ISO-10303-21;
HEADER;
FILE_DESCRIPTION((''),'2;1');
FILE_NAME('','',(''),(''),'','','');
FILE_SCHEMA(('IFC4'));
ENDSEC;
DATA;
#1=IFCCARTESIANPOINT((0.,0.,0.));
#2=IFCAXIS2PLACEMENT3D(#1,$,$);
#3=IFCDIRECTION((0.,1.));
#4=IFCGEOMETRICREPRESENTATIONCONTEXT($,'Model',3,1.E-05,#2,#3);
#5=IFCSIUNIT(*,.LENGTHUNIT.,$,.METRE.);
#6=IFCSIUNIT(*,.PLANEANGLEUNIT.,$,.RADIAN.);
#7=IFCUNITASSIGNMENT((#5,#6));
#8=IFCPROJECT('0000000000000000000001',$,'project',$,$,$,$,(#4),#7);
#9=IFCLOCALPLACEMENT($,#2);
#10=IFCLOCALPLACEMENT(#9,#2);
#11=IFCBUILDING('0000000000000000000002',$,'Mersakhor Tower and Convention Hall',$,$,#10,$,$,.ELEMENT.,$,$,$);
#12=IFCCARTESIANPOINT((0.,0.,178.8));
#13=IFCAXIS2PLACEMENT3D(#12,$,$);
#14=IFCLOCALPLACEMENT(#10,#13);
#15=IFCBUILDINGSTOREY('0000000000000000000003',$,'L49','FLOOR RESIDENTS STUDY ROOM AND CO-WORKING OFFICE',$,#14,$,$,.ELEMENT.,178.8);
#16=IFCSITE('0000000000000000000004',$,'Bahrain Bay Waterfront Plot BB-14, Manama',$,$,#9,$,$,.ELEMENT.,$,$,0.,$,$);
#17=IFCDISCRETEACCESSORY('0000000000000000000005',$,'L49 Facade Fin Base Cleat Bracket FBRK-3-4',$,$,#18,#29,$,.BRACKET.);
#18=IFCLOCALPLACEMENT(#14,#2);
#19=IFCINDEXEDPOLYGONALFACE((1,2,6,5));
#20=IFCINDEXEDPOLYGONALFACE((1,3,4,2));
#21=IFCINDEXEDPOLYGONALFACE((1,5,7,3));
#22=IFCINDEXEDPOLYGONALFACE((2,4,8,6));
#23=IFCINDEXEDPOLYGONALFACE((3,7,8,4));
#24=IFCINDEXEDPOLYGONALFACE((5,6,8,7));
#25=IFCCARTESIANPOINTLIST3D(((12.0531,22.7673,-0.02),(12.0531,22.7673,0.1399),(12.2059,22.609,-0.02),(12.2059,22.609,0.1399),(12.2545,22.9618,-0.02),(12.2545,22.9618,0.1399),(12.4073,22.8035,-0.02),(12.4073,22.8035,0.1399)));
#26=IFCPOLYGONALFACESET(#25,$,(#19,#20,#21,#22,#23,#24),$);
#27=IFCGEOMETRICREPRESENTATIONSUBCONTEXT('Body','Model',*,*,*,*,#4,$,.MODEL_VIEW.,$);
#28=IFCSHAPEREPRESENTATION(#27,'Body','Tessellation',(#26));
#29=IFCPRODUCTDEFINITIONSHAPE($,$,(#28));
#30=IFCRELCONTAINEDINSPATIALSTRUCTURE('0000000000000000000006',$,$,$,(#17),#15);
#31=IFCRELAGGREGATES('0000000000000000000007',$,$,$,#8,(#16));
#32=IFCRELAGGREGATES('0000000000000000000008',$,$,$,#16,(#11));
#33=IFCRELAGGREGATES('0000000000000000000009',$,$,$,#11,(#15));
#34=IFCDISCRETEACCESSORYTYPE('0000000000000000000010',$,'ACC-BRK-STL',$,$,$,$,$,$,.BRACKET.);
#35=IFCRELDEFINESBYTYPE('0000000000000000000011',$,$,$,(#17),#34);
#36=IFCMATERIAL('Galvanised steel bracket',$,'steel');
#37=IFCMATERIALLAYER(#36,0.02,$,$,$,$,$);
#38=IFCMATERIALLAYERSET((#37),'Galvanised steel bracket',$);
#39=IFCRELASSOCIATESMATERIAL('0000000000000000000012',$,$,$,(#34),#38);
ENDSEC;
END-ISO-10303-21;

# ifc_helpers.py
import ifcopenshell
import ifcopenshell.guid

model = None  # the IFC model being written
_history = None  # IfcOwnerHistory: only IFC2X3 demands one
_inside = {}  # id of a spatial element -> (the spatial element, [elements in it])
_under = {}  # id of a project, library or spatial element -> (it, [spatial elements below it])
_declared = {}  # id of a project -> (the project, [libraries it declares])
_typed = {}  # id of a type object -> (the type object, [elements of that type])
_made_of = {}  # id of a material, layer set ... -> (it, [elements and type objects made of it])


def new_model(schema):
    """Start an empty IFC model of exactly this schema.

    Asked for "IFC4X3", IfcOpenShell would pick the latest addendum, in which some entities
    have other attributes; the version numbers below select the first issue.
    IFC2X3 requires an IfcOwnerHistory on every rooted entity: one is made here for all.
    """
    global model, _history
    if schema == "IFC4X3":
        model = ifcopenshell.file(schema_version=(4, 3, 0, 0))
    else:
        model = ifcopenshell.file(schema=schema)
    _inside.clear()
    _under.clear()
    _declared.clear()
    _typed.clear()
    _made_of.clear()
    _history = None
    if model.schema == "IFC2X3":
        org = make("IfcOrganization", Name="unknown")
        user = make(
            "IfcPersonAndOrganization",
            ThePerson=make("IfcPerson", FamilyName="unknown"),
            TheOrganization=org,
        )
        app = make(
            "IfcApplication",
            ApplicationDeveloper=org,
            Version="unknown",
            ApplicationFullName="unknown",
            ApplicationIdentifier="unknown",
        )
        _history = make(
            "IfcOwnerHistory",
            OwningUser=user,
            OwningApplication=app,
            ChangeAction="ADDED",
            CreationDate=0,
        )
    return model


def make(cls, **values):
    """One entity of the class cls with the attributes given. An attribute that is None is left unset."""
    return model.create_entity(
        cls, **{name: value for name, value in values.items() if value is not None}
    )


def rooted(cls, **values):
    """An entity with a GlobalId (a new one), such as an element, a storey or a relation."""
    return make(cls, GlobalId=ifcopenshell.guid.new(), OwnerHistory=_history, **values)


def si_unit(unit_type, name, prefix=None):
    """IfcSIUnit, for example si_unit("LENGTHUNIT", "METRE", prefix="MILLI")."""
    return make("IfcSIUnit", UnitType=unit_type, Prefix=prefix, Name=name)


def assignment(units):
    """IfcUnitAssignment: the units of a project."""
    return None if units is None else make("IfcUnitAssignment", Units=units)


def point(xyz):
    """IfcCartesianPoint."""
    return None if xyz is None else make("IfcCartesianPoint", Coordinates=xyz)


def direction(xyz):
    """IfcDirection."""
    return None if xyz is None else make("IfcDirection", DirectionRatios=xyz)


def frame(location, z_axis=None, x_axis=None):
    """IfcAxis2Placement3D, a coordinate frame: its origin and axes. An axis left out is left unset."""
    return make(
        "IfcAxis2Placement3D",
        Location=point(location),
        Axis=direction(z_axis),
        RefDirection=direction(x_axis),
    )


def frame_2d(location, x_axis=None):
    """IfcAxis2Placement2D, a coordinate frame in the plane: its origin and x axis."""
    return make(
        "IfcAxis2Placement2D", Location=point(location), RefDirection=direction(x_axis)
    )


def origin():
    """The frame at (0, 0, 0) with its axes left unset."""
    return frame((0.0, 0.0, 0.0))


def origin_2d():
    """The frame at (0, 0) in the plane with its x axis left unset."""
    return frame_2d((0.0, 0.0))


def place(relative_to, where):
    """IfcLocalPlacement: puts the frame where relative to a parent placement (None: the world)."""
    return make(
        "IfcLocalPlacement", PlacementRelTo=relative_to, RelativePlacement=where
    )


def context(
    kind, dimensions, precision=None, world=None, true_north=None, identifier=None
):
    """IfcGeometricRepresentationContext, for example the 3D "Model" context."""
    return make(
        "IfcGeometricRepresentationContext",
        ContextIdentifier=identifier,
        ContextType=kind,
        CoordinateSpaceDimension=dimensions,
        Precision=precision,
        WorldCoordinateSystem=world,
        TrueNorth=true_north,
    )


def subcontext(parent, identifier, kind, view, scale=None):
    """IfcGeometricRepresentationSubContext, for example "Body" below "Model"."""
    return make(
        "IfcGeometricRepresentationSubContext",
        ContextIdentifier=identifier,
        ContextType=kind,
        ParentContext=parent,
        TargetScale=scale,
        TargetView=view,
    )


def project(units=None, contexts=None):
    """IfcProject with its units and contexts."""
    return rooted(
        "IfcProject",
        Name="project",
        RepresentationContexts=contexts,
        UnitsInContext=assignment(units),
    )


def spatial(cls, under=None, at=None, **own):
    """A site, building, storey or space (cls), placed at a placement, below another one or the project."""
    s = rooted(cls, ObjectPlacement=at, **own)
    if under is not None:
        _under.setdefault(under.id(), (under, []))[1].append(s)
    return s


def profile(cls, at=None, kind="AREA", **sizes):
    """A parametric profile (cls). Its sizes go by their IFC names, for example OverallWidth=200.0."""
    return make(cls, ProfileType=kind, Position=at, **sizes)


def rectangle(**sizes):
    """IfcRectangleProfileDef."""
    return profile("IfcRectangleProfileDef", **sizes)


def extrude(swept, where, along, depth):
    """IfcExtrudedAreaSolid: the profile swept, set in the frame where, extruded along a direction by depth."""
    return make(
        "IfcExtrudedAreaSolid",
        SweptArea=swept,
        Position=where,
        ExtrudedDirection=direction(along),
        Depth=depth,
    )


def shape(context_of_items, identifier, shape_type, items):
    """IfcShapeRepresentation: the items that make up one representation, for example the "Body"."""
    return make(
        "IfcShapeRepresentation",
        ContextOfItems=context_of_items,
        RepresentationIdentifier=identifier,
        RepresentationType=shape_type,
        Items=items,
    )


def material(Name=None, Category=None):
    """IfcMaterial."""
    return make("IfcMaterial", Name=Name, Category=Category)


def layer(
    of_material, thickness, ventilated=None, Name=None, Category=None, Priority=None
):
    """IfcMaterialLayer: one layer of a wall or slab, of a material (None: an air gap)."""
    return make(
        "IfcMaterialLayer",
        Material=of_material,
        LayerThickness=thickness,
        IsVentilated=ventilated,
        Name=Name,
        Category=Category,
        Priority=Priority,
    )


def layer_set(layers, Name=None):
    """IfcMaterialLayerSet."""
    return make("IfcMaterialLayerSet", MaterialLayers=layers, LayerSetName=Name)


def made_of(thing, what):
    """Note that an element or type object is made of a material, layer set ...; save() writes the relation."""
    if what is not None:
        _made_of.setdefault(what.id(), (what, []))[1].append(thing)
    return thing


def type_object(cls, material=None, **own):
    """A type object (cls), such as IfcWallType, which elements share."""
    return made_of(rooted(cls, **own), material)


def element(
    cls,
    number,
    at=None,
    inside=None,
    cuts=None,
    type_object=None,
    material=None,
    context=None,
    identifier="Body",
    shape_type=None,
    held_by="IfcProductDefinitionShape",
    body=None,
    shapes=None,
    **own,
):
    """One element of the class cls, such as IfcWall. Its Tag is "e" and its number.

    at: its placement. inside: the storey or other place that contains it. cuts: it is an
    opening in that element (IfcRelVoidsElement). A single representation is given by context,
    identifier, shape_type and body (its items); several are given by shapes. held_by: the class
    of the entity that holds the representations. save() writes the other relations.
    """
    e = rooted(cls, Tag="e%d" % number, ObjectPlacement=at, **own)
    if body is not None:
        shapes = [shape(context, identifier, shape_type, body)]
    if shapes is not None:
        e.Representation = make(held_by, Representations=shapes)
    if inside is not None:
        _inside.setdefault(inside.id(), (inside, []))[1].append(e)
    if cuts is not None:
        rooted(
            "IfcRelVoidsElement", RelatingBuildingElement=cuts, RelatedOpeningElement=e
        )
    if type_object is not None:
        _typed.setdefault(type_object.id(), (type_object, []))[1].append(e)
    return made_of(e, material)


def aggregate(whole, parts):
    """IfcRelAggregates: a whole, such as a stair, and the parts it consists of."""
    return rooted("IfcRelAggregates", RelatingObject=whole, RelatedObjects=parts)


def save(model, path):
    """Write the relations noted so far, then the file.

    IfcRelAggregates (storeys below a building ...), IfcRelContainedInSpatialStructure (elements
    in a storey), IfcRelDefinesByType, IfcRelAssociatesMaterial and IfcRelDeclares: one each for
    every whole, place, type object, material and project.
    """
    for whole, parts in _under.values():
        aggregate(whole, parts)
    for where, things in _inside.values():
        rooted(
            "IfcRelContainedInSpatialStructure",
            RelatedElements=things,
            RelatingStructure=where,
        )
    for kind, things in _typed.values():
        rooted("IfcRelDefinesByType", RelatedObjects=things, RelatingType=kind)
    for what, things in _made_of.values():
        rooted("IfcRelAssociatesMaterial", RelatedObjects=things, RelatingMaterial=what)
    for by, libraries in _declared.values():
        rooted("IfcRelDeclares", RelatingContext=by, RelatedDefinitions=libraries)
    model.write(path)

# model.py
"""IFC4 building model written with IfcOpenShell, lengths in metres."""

from ifc_helpers import new_model, si_unit, direction, frame, origin, origin_2d, place, context, subcontext, project, spatial, rectangle, extrude, material, layer, layer_set, type_object, element, save


model = new_model("IFC4")

# Units and contexts
model_context = context("Model", 3, precision=1e-05, world=origin(), true_north=direction((0.0, 1.0)))
body_context = subcontext(model_context, "Body", "Model", "MODEL_VIEW")
ifc_project = project(units=[si_unit("LENGTHUNIT", "METRE"), si_unit("PLANEANGLEUNIT", "RADIAN")], contexts=[model_context])

# Site, building, storey
site_placement = place(None, origin())
site = spatial("IfcSite", under=ifc_project, at=site_placement, Name="Bahrain Bay Waterfront Plot BB-14, Manama", CompositionType="ELEMENT", RefElevation=0.0)
building_placement = place(site_placement, origin())
building = spatial("IfcBuilding", under=site, at=building_placement, Name="Mersakhor Tower and Convention Hall", CompositionType="ELEMENT")
storey_placement = place(building_placement, frame((0.0, 0.0, 178.8)))
storey = spatial("IfcBuildingStorey", under=building, at=storey_placement, Name="L49", Description="FLOOR RESIDENTS STUDY ROOM AND CO-WORKING OFFICE", CompositionType="ELEMENT", Elevation=178.8)

# Discrete accessory
ifc_material_1 = material(Name="Galvanised steel bracket", Category="steel")
ifc_layer_1 = layer(ifc_material_1, 0.02)
ifc_layer_set_1 = layer_set([ifc_layer_1], Name="Galvanised steel bracket")
discrete_accessory_type = type_object("IfcDiscreteAccessoryType", Name="ACC-BRK-STL", PredefinedType="BRACKET", material=ifc_layer_set_1)
for number, where, z_axis, x_axis, name in (
    (1, (12.2302, 22.7854, -0.02), (0.0, 0.0, 1.0), (-0.71934, -0.694658, 0.0), "L49 Facade Fin Base Cleat Bracket FBRK-3-4"),
):
    element("IfcDiscreteAccessory", number, at=place(storey_placement, frame(where, z_axis=z_axis, x_axis=x_axis)), inside=storey, type_object=discrete_accessory_type, Name=name, PredefinedType="BRACKET", context=body_context, shape_type="SweptSolid", body=[
        extrude(rectangle(XDim=0.28, YDim=0.22, at=origin_2d()), origin(), (0.0, 0.0, 1.0), 0.1599),
    ])

save(model, "model.ifc")
